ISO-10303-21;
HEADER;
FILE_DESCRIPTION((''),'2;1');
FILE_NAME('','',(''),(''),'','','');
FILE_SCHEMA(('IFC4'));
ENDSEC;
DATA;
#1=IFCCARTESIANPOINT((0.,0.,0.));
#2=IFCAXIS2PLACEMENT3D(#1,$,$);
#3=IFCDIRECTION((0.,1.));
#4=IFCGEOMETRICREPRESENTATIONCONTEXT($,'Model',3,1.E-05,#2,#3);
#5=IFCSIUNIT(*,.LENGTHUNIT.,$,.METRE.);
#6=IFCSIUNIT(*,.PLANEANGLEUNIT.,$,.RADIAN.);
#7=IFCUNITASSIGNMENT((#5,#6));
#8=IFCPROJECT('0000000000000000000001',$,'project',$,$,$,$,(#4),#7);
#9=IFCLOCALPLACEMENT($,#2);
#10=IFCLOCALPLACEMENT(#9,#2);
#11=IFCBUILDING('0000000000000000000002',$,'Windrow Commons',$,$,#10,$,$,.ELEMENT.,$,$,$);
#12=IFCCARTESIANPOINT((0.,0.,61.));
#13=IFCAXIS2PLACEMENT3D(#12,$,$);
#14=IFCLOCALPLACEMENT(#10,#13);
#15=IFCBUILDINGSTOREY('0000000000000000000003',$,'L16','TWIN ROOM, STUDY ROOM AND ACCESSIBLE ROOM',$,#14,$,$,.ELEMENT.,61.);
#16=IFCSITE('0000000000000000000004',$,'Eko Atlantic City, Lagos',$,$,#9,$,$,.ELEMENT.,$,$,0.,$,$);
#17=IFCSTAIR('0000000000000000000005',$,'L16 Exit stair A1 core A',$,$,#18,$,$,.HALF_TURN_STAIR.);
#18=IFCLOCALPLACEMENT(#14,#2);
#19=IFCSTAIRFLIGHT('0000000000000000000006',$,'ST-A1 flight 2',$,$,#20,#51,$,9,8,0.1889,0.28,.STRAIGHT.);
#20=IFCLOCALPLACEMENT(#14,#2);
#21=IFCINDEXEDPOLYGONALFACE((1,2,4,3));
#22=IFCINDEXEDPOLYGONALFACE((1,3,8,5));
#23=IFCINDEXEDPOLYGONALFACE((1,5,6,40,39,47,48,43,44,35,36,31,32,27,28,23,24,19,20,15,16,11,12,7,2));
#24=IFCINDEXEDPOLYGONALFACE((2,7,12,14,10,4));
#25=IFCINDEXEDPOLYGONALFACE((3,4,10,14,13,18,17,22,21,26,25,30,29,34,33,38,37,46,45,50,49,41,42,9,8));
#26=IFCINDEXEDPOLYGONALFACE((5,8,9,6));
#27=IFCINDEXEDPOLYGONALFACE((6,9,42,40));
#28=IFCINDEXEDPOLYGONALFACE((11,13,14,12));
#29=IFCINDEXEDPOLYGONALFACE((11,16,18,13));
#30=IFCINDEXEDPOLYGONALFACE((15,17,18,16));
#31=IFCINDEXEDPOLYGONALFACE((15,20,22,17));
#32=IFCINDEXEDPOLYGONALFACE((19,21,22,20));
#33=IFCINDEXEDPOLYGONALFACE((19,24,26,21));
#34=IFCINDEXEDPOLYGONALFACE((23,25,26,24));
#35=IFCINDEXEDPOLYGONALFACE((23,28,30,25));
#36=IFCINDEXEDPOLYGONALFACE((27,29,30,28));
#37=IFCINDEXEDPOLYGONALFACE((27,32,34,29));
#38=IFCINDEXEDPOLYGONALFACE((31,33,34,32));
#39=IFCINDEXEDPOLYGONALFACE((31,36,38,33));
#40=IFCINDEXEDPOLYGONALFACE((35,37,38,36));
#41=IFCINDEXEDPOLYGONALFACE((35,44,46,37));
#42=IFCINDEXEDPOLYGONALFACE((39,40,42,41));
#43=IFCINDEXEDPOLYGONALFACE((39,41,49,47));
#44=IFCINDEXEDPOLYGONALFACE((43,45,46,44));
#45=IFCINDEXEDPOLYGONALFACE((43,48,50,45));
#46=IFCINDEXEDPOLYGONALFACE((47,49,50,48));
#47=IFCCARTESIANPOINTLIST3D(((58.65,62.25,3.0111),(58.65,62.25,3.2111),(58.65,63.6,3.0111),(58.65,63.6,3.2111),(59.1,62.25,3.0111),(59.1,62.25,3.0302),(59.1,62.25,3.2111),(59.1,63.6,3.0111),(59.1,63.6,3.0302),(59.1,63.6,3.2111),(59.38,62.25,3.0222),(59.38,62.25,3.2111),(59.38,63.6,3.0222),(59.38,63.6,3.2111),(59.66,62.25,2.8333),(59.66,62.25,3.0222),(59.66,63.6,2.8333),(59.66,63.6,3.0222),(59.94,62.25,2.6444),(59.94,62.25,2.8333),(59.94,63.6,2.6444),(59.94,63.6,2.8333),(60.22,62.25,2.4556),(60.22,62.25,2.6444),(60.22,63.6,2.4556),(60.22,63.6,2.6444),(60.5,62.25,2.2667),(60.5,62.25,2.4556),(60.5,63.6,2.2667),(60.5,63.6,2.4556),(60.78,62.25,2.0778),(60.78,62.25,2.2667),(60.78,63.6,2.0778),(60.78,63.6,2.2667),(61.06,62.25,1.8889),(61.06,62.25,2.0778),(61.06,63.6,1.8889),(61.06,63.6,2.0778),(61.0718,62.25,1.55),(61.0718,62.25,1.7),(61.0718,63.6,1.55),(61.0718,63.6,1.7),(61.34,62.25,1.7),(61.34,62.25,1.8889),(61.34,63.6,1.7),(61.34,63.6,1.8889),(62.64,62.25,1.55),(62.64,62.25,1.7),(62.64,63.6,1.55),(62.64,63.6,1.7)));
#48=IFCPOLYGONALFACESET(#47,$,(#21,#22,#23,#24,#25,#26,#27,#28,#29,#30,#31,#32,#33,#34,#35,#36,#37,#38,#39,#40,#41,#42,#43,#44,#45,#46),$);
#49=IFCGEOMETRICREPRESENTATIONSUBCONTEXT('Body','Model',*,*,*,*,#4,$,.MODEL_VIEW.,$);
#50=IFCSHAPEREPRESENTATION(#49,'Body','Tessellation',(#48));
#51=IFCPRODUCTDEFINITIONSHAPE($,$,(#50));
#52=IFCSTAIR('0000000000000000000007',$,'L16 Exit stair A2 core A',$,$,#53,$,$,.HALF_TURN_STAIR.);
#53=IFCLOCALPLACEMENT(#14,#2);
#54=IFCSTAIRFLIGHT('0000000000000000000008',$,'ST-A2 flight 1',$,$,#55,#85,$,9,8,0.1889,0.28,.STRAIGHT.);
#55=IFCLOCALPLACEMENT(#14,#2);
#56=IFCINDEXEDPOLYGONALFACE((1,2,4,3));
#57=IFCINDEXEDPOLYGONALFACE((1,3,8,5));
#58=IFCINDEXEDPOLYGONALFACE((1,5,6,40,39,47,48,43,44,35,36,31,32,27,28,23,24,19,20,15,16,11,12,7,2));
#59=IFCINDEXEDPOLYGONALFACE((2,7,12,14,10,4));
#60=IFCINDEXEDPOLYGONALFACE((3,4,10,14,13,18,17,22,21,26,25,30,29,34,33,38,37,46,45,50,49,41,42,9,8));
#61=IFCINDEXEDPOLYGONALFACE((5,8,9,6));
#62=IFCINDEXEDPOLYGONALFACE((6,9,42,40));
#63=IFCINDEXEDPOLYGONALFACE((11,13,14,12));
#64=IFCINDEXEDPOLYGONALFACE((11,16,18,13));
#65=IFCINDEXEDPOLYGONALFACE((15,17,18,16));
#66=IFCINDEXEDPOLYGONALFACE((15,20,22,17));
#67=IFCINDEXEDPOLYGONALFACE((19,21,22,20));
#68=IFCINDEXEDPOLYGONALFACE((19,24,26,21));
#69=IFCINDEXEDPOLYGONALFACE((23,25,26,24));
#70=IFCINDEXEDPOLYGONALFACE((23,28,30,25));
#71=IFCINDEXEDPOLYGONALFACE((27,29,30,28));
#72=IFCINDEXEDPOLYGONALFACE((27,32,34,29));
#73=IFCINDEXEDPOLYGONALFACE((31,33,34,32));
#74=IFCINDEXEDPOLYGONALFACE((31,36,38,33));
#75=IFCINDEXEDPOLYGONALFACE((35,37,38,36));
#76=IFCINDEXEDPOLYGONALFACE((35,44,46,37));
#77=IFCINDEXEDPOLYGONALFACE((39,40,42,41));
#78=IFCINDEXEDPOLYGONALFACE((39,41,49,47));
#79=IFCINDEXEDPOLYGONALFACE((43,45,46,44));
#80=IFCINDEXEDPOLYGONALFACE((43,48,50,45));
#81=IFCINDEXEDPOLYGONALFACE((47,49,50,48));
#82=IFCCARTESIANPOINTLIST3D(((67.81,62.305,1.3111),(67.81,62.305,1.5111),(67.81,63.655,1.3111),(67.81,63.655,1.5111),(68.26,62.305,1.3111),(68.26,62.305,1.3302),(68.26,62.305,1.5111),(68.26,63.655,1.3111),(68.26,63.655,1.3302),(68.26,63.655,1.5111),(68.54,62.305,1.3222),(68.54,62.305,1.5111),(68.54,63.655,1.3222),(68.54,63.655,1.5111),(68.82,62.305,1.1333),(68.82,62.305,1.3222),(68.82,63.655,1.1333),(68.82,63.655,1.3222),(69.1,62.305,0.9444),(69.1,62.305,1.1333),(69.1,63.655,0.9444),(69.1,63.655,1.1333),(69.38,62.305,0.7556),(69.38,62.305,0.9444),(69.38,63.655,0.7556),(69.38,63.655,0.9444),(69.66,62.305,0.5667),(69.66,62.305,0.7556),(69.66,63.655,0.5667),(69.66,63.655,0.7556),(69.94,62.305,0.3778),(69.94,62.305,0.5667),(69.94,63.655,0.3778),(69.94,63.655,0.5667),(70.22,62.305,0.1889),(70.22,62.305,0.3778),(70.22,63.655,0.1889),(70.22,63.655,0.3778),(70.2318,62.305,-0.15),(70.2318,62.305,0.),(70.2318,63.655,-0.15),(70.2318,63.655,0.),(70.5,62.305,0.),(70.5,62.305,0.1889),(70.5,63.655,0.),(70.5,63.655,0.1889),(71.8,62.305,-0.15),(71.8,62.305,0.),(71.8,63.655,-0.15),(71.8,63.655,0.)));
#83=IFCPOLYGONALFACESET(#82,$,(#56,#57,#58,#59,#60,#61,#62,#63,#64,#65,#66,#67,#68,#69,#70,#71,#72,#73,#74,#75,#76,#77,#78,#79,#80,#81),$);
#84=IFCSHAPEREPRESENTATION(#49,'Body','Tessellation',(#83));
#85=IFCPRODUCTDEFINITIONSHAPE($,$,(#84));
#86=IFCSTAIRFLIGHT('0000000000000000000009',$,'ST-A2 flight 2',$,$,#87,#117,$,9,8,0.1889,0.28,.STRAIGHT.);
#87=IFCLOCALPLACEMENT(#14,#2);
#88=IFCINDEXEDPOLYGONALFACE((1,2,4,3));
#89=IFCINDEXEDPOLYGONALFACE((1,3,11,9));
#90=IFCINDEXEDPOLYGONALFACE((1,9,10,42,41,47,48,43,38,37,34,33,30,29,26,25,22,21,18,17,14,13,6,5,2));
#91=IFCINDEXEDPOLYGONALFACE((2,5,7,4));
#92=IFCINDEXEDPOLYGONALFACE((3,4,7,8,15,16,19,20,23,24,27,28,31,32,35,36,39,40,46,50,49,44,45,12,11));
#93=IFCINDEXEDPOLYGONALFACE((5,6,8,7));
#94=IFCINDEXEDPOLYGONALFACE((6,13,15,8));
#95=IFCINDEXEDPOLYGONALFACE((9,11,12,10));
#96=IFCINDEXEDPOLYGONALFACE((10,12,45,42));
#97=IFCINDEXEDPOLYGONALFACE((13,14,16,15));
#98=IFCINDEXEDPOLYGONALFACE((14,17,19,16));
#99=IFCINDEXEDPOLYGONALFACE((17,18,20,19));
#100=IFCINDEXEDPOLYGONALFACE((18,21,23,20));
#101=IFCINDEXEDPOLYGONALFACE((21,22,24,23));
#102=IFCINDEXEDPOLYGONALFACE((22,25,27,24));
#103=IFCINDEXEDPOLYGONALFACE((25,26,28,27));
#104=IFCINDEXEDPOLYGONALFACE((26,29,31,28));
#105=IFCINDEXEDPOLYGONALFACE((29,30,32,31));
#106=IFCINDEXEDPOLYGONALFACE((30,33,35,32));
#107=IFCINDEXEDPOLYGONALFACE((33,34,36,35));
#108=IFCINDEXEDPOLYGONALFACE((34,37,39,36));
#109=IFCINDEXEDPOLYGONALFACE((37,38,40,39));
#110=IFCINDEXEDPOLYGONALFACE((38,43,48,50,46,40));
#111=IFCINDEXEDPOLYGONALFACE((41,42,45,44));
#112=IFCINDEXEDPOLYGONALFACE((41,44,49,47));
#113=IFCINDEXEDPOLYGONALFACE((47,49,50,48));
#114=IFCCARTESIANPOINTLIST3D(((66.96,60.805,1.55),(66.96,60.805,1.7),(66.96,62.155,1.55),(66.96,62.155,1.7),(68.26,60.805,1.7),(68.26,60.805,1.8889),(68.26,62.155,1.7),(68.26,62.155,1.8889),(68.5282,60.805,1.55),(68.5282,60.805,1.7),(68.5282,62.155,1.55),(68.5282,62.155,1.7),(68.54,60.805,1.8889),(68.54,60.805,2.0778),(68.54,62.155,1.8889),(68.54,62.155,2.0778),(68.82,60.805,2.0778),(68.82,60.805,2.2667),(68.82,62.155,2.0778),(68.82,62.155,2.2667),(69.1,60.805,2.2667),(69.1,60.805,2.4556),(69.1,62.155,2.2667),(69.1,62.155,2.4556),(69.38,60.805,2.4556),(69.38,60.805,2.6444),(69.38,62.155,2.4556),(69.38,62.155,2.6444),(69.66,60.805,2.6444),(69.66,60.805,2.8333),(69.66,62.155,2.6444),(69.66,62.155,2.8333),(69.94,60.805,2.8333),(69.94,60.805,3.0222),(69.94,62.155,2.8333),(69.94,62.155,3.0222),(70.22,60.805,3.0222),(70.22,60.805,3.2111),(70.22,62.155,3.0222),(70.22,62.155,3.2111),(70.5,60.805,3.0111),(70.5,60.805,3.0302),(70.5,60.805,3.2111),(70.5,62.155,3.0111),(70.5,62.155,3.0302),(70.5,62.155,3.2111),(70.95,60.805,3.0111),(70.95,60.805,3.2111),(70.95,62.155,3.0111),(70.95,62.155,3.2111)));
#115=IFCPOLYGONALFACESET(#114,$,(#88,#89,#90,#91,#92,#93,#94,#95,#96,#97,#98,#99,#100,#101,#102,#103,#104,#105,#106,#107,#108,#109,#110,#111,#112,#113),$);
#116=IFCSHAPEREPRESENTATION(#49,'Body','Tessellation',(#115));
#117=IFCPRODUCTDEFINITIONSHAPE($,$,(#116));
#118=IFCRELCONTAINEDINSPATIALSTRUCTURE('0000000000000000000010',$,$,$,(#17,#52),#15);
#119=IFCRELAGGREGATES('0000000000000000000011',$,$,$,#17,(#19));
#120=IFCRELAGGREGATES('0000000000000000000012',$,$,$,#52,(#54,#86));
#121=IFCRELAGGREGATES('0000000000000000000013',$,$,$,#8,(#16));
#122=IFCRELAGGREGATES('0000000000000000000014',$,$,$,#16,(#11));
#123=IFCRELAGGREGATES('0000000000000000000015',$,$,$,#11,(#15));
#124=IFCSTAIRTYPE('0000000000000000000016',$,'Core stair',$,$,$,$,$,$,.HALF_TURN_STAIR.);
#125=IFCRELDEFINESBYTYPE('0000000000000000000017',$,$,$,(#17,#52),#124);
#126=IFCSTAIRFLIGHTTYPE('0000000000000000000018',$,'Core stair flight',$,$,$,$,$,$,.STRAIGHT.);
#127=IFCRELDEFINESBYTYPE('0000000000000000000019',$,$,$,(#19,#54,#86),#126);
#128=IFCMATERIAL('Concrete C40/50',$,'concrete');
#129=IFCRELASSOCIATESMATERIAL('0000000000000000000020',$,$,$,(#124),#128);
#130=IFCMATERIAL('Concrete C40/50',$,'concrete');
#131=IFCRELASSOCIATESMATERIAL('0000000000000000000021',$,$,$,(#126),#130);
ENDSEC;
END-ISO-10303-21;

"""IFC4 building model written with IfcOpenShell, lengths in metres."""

from ifc_helpers import new_model, si_unit, direction, frame, origin, place, context, subcontext, project, spatial, polyline, outline, extrude, material, type_object, element, aggregate, save


model = new_model("IFC4")

# Units and contexts
model_context = context("Model", 3, precision=1e-05, world=origin(), true_north=direction((0.0, 1.0)))
body_context = subcontext(model_context, "Body", "Model", "MODEL_VIEW")
ifc_project = project(units=[si_unit("LENGTHUNIT", "METRE"), si_unit("PLANEANGLEUNIT", "RADIAN")], contexts=[model_context])

# Site, building, storey
site_placement = place(None, origin())
site = spatial("IfcSite", under=ifc_project, at=site_placement, Name="Eko Atlantic City, Lagos", CompositionType="ELEMENT", RefElevation=0.0)
building_placement = place(site_placement, origin())
building = spatial("IfcBuilding", under=site, at=building_placement, Name="Windrow Commons", CompositionType="ELEMENT")
storey_placement = place(building_placement, frame((0.0, 0.0, 61.0)))
storey = spatial("IfcBuildingStorey", under=building, at=storey_placement, Name="L16", Description="TWIN ROOM, STUDY ROOM AND ACCESSIBLE ROOM", CompositionType="ELEMENT", Elevation=61.0)

# Stair, stair flight
ifc_material_1 = material(Name="Concrete C40/50", Category="concrete")
stair_type = type_object("IfcStairType", Name="Core stair", PredefinedType="HALF_TURN_STAIR", material=ifc_material_1)
placement = place(storey_placement, origin())
stair_1 = element("IfcStair", 1, at=placement, inside=storey, type_object=stair_type, Name="L16 Exit stair A1 core A", PredefinedType="HALF_TURN_STAIR")
ifc_material_2 = material(Name="Concrete C40/50", Category="concrete")
stair_flight_type = type_object("IfcStairFlightType", Name="Core stair flight", PredefinedType="STRAIGHT", material=ifc_material_2)
stair_flight_1_placement = place(storey_placement, frame((61.34, 62.925, 1.7), z_axis=(0.0, 0.0, 1.0), x_axis=(-1.0, 0.0, 0.0)))
stair_flight_1 = element("IfcStairFlight", 2, at=stair_flight_1_placement, type_object=stair_flight_type, Name="ST-A1 flight 2", NumberOfRisers=9, NumberOfTreads=8, PredefinedType="STRAIGHT", RiserHeight=0.1889, TreadLength=0.28, context=body_context, shape_type="SweptSolid", body=[
    extrude(outline(polyline([(-1.3, -0.15), (-1.3, 0.0), (0.0, 0.0), (0.0, 0.1889), (0.28, 0.1889), (0.28, 0.3778), (0.56, 0.3778), (0.56, 0.5667), (0.84, 0.5667), (0.84, 0.7556), (1.12, 0.7556), (1.12, 0.9444), (1.4, 0.9444), (1.4, 1.1333), (1.68, 1.1333), (1.68, 1.3222), (1.96, 1.3222), (1.96, 1.5111), (2.24, 1.5111), (2.69, 1.5111), (2.69, 1.3111), (2.24, 1.3111), (2.24, 1.3302), (0.2682, 0.0), (0.2682, -0.15), (-1.3, -0.15)])), frame((0.0, 0.675, 0.0), z_axis=(0.0, -1.0, 0.0), x_axis=(1.0, 0.0, 0.0)), (0.0, 0.0, 1.0), 1.35),
])
aggregate(stair_1, [stair_flight_1])

# Stair, stair flights
stair_2 = element("IfcStair", 3, at=placement, inside=storey, type_object=stair_type, Name="L16 Exit stair A2 core A", PredefinedType="HALF_TURN_STAIR")
stair_flight_2_placement = place(storey_placement, frame((70.5, 62.98, 0.0), z_axis=(0.0, 0.0, 1.0), x_axis=(-1.0, 0.0, 0.0)))
stair_flight_2 = element("IfcStairFlight", 4, at=stair_flight_2_placement, type_object=stair_flight_type, Name="ST-A2 flight 1", NumberOfRisers=9, NumberOfTreads=8, PredefinedType="STRAIGHT", RiserHeight=0.1889, TreadLength=0.28, context=body_context, shape_type="SweptSolid", body=[
    extrude(outline(polyline([(-1.3, -0.15), (-1.3, 0.0), (0.0, 0.0), (0.0, 0.1889), (0.28, 0.1889), (0.28, 0.3778), (0.56, 0.3778), (0.56, 0.5667), (0.84, 0.5667), (0.84, 0.7556), (1.12, 0.7556), (1.12, 0.9444), (1.4, 0.9444), (1.4, 1.1333), (1.68, 1.1333), (1.68, 1.3222), (1.96, 1.3222), (1.96, 1.5111), (2.24, 1.5111), (2.69, 1.5111), (2.69, 1.3111), (2.24, 1.3111), (2.24, 1.3302), (0.2682, 0.0), (0.2682, -0.15), (-1.3, -0.15)])), frame((0.0, 0.675, 0.0), z_axis=(0.0, -1.0, 0.0), x_axis=(1.0, 0.0, 0.0)), (0.0, 0.0, 1.0), 1.35),
])
stair_flight_3_placement = place(storey_placement, frame((68.26, 61.48, 1.7), z_axis=(0.0, 0.0, 1.0), x_axis=(1.0, 0.0, 0.0)))
stair_flight_3 = element("IfcStairFlight", 5, at=stair_flight_3_placement, type_object=stair_flight_type, Name="ST-A2 flight 2", NumberOfRisers=9, NumberOfTreads=8, PredefinedType="STRAIGHT", RiserHeight=0.1889, TreadLength=0.28, context=body_context, shape_type="SweptSolid", body=[
    extrude(outline(polyline([(-1.3, -0.15), (-1.3, 0.0), (0.0, 0.0), (0.0, 0.1889), (0.28, 0.1889), (0.28, 0.3778), (0.56, 0.3778), (0.56, 0.5667), (0.84, 0.5667), (0.84, 0.7556), (1.12, 0.7556), (1.12, 0.9444), (1.4, 0.9444), (1.4, 1.1333), (1.68, 1.1333), (1.68, 1.3222), (1.96, 1.3222), (1.96, 1.5111), (2.24, 1.5111), (2.69, 1.5111), (2.69, 1.3111), (2.24, 1.3111), (2.24, 1.3302), (0.2682, 0.0), (0.2682, -0.15), (-1.3, -0.15)])), frame((0.0, 0.675, 0.0), z_axis=(0.0, -1.0, 0.0), x_axis=(1.0, 0.0, 0.0)), (0.0, 0.0, 1.0), 1.35),
])
aggregate(stair_2, [stair_flight_2, stair_flight_3])

save(model, "model.ifc")
